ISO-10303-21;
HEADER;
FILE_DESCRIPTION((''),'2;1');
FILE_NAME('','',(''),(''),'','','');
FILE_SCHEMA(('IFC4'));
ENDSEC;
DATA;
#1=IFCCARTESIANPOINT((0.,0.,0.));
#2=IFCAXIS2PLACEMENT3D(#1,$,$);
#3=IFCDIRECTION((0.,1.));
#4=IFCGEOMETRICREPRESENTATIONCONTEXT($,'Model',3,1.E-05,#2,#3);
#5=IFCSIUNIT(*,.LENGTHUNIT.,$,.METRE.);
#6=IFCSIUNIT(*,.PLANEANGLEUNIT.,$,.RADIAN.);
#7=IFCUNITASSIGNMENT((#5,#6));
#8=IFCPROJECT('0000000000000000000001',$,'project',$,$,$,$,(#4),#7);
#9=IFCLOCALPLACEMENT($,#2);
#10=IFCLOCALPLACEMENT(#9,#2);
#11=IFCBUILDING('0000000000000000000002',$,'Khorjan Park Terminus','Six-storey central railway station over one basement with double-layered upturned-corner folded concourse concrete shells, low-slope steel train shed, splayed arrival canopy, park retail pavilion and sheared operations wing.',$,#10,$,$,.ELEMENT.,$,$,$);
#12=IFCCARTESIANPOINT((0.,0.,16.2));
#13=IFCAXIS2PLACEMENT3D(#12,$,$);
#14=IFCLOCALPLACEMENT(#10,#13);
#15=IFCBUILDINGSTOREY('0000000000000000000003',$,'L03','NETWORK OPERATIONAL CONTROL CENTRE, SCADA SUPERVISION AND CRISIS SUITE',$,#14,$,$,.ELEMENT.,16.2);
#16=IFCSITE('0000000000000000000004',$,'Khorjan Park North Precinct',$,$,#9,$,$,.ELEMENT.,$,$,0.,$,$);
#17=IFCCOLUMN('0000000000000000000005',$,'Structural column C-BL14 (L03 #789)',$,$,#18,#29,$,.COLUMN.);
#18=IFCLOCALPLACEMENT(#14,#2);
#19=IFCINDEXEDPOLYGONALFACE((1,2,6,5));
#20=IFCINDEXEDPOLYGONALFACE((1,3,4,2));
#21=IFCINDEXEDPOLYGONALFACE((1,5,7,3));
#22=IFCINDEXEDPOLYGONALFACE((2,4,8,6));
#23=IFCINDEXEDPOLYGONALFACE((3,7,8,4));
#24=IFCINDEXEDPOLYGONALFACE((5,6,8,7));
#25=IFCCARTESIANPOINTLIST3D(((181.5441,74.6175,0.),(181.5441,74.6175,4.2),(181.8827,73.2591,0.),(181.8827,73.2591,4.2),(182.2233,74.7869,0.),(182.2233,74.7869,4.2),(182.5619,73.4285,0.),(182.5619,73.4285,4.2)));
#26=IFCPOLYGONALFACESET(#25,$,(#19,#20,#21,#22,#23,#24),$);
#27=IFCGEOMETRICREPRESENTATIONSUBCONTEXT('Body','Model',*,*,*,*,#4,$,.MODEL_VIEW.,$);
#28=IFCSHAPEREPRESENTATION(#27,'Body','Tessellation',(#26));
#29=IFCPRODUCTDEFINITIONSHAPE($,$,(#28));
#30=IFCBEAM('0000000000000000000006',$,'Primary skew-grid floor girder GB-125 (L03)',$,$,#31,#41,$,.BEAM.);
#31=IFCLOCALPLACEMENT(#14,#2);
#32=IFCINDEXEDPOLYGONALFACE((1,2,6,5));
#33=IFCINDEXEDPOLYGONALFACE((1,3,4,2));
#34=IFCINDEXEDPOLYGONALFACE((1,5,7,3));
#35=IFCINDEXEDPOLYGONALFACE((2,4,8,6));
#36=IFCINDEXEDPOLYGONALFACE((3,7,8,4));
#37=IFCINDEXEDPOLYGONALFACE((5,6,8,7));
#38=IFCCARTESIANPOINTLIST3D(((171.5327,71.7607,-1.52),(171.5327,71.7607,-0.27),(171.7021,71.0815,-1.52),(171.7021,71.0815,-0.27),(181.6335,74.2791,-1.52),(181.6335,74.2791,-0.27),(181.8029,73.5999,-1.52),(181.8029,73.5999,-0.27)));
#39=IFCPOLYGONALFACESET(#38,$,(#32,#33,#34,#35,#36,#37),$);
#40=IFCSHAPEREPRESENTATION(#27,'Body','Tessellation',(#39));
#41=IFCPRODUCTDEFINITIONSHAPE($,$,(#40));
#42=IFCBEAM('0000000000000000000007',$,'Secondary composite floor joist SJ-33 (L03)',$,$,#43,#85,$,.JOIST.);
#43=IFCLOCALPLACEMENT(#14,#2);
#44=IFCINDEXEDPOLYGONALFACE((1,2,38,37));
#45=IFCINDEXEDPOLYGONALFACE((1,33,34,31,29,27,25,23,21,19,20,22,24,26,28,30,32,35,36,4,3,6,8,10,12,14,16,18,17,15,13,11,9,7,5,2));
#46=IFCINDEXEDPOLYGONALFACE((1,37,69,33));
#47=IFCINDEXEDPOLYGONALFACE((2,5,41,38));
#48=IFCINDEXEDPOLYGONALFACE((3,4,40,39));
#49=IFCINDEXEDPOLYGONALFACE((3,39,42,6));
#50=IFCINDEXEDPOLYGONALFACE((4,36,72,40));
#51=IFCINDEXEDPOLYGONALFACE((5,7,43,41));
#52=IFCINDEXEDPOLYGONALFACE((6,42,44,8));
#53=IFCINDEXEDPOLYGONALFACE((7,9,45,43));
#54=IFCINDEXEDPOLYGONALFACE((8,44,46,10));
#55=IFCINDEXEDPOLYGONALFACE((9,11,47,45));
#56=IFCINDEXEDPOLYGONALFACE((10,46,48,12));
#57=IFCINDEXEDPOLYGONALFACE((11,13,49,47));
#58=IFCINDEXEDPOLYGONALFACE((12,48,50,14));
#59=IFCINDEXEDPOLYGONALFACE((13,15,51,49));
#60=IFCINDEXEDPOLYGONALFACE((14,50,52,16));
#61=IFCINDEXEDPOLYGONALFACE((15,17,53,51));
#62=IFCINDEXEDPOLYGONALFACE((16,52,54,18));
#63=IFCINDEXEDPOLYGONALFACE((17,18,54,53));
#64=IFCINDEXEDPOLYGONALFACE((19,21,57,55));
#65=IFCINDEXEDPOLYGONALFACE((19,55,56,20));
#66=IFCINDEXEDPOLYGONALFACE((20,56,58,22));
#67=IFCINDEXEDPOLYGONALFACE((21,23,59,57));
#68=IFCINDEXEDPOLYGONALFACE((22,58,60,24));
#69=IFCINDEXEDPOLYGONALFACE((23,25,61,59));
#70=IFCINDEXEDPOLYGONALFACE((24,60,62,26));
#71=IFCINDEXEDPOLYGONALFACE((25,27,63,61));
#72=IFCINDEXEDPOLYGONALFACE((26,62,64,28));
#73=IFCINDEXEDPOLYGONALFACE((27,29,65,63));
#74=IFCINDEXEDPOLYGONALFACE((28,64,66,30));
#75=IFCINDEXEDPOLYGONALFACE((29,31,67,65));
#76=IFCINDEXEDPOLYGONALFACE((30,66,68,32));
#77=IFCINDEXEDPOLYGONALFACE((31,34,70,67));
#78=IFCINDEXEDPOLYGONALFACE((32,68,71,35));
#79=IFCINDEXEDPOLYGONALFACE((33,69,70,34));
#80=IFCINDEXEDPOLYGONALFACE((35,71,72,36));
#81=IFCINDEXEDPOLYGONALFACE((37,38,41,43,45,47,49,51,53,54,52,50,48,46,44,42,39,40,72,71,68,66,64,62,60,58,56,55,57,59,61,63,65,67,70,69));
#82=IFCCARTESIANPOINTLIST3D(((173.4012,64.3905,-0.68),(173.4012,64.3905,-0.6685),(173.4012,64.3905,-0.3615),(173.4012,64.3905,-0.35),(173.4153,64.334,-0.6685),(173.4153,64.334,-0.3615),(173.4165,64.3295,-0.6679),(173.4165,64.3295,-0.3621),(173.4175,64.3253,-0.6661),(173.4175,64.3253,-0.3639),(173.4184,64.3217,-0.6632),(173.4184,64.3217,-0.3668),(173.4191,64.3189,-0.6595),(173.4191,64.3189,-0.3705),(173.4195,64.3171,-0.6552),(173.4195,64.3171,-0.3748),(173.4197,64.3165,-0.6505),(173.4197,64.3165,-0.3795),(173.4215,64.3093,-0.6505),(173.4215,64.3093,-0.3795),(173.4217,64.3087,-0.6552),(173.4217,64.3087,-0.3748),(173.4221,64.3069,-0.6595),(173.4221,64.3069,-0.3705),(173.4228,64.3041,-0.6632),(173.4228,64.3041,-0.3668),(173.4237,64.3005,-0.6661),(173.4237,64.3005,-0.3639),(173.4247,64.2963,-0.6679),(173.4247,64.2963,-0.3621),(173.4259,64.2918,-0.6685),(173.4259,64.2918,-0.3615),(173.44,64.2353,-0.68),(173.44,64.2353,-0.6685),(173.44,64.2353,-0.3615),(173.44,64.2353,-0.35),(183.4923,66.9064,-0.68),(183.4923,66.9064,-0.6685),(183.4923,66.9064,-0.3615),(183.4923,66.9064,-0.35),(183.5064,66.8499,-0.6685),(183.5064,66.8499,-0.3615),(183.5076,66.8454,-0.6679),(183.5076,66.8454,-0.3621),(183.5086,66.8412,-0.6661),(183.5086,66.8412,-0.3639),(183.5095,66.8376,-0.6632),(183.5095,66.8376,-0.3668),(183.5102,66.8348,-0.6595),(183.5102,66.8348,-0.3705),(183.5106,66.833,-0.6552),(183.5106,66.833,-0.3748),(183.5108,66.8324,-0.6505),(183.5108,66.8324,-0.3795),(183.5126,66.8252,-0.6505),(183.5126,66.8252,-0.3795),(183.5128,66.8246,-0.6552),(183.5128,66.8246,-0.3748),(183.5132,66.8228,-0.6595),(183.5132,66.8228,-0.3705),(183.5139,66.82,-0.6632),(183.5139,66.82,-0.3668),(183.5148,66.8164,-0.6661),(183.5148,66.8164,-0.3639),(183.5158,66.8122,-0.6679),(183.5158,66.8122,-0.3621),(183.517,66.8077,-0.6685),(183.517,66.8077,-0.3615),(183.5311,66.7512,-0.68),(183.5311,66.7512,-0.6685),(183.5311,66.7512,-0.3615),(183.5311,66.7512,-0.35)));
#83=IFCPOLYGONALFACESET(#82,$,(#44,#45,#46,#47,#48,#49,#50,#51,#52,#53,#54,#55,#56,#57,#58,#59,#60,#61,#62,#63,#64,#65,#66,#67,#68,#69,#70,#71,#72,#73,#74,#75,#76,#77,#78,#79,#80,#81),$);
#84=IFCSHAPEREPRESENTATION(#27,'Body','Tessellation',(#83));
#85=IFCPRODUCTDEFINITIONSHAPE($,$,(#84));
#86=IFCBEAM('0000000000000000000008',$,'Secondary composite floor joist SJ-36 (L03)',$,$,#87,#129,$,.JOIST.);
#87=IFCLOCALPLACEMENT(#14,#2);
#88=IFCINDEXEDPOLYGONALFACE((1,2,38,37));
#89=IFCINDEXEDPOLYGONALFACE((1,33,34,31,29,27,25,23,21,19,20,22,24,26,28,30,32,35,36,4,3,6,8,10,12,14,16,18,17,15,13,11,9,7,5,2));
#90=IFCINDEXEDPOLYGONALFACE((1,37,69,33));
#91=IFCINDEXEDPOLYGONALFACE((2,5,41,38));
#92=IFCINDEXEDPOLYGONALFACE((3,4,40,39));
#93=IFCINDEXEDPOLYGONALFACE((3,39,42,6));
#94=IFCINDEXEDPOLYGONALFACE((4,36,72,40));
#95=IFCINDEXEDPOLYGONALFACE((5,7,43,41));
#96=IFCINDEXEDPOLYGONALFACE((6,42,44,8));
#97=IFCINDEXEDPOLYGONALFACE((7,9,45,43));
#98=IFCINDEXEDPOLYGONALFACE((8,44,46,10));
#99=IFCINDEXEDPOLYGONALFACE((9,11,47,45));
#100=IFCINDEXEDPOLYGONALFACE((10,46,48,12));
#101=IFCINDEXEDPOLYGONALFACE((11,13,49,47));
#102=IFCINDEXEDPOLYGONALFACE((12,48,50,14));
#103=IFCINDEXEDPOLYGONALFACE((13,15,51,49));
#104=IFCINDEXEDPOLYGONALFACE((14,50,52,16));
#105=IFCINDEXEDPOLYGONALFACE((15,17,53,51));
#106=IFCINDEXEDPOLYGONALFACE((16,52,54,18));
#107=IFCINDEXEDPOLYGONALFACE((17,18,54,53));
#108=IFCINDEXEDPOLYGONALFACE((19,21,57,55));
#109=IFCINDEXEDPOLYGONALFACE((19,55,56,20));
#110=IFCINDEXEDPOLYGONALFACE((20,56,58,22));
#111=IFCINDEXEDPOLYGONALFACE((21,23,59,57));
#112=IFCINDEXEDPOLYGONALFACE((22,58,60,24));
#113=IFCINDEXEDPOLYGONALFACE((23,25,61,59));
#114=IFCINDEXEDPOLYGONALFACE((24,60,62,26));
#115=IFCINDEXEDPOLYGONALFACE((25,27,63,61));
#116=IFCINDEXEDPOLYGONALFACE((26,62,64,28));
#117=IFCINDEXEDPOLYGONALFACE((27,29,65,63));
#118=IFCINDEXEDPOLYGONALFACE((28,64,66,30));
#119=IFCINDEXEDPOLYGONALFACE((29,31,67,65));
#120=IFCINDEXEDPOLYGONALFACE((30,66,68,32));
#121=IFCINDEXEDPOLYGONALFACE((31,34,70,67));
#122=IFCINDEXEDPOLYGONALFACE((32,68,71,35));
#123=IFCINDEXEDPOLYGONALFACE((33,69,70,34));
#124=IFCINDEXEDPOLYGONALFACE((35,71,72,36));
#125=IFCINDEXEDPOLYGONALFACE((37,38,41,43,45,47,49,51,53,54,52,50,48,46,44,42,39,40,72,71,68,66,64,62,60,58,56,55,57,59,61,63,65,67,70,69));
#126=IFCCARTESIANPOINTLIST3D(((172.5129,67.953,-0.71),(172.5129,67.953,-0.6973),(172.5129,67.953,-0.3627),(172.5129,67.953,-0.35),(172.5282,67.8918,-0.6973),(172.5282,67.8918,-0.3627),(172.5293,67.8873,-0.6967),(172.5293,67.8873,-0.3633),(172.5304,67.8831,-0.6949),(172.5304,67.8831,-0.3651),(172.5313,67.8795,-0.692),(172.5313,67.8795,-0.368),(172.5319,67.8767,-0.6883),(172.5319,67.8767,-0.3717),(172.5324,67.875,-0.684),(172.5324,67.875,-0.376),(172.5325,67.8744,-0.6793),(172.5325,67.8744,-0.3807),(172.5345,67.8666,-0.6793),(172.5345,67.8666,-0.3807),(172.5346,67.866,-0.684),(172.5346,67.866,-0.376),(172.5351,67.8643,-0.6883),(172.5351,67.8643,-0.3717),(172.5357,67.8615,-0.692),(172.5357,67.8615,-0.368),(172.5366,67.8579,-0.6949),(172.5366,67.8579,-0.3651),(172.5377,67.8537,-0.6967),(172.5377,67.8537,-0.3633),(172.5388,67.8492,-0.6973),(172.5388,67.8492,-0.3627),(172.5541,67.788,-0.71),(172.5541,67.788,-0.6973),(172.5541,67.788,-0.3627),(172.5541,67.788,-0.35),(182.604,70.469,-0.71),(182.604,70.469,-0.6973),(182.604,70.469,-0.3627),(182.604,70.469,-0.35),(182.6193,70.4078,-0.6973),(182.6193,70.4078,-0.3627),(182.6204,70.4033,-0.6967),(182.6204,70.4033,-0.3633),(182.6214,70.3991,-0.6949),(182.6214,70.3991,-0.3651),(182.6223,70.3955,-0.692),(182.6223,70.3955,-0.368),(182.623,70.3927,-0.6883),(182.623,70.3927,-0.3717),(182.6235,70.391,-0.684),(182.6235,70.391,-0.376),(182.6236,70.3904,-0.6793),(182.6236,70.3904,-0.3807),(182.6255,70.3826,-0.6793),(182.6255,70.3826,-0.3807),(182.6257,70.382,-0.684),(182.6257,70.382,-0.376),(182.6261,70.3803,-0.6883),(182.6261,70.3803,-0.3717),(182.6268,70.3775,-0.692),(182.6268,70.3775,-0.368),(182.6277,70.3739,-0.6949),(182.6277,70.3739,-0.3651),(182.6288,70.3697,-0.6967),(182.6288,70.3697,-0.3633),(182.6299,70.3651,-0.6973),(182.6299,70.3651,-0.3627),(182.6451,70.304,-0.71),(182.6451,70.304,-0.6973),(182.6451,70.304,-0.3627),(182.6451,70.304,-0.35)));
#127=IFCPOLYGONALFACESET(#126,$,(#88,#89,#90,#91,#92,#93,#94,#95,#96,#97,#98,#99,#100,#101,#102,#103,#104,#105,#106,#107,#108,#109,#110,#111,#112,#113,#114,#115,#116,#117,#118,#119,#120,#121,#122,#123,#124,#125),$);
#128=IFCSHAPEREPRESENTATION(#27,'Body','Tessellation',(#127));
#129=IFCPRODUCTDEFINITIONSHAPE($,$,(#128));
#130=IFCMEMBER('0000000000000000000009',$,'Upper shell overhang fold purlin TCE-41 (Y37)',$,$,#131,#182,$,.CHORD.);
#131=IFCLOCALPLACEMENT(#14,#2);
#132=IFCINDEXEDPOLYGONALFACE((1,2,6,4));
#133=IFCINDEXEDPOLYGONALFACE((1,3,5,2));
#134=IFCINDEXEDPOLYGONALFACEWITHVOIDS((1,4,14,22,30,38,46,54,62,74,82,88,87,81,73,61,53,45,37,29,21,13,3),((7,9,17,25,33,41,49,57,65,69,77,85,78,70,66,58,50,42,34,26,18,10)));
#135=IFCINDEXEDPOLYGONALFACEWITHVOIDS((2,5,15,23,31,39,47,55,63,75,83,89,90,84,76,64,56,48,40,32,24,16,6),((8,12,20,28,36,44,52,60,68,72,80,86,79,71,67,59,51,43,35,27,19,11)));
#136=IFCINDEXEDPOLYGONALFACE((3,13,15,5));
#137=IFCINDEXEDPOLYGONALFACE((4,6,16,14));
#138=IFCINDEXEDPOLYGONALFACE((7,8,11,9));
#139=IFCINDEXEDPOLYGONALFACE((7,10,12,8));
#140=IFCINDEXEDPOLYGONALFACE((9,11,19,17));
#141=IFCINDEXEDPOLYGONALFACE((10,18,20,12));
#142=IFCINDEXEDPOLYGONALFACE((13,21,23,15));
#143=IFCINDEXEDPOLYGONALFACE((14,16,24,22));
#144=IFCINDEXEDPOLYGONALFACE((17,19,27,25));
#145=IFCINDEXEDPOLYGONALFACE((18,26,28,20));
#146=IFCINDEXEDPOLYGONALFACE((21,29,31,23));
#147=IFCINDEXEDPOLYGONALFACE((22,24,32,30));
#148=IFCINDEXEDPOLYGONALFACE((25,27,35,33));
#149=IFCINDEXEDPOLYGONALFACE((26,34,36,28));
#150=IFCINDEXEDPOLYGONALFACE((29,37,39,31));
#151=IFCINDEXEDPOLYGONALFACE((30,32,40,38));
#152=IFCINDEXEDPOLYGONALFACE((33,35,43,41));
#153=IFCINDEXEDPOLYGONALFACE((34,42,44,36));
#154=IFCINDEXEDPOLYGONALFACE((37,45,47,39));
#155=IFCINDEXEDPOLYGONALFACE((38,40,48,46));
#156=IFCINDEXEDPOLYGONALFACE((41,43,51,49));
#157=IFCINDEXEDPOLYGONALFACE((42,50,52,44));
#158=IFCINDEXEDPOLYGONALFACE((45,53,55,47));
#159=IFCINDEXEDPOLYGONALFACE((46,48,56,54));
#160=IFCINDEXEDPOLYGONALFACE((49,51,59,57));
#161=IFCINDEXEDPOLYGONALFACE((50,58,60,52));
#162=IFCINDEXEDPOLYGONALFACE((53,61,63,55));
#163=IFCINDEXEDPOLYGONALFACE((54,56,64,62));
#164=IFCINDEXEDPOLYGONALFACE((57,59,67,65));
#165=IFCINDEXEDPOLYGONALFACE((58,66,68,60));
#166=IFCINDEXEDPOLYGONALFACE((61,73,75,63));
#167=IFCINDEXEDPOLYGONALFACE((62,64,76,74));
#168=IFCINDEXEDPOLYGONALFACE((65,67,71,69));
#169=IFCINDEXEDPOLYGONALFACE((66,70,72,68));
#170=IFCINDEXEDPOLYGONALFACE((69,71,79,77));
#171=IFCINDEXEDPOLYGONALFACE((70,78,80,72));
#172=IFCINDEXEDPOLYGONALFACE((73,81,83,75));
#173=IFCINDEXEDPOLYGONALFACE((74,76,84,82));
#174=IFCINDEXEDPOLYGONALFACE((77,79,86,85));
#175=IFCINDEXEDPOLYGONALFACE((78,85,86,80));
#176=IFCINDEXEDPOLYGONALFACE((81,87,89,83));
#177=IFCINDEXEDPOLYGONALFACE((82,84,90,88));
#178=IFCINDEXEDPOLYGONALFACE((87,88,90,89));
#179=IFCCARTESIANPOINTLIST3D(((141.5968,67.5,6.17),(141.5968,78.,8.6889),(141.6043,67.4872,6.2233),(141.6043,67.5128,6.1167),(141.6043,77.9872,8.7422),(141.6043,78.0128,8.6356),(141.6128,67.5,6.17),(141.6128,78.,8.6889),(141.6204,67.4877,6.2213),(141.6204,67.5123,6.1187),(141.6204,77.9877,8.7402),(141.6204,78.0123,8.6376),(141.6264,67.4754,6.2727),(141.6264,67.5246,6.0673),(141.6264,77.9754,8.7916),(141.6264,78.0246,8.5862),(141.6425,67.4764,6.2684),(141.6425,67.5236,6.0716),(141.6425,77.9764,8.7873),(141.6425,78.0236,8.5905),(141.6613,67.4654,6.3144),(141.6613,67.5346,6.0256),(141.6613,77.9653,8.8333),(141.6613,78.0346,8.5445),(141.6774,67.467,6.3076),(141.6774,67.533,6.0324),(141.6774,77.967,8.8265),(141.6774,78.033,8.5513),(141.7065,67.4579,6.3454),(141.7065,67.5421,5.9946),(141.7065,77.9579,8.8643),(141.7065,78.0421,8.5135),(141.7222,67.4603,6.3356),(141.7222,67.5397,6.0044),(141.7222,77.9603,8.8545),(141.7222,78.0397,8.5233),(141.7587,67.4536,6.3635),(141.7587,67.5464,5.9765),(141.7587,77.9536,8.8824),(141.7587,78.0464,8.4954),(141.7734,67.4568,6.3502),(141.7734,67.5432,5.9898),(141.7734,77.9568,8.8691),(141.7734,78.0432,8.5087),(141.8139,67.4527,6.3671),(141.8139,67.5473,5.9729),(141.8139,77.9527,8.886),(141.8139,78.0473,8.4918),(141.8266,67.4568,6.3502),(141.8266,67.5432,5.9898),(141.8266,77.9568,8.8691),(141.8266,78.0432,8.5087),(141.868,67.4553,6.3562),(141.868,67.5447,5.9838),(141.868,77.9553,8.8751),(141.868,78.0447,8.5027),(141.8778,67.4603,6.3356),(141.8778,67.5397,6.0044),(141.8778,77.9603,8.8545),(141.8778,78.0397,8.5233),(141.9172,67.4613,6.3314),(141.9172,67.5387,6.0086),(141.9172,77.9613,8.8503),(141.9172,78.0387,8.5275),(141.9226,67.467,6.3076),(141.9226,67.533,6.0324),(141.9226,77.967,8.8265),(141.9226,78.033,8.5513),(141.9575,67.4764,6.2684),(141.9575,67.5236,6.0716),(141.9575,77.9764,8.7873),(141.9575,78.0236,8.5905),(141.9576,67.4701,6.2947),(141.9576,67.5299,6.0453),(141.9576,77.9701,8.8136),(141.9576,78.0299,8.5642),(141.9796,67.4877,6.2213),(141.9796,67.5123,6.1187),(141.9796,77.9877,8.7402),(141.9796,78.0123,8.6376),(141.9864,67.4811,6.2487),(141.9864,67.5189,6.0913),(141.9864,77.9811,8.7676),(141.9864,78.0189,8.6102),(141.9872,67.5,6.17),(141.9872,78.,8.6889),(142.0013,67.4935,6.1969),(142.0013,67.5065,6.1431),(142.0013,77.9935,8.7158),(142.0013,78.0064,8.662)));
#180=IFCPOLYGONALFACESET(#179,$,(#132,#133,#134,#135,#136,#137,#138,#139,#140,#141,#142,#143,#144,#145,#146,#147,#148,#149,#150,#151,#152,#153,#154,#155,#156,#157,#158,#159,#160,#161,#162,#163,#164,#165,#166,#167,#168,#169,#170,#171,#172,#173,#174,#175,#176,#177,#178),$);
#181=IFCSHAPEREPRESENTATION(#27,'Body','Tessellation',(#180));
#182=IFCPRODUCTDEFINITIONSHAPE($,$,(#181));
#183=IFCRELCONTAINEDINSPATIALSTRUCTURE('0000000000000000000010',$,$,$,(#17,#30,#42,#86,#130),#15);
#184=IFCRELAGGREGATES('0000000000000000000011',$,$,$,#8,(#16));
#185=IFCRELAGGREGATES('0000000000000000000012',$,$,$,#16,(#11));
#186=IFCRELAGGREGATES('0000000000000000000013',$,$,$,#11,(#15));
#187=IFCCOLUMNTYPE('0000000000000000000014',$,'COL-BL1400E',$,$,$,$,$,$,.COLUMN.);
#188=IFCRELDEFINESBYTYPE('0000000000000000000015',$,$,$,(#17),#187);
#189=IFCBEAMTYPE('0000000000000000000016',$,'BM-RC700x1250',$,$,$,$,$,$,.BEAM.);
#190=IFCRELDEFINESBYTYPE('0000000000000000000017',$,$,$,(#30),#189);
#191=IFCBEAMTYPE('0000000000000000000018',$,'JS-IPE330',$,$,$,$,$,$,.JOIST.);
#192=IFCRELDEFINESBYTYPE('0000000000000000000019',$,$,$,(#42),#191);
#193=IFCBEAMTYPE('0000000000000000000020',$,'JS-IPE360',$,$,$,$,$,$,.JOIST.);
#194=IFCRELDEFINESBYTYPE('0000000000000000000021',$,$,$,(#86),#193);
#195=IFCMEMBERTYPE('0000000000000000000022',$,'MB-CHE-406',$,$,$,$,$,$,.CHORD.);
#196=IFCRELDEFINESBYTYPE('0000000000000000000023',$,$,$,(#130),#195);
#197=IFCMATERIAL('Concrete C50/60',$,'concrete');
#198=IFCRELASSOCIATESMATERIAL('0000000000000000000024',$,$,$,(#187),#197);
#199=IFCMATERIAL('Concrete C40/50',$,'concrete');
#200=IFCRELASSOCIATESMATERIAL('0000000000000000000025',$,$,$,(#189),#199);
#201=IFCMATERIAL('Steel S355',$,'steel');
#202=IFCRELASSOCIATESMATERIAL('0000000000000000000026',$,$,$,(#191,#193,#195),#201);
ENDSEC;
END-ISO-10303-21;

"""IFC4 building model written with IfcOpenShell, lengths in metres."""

from ifc_helpers import new_model, si_unit, direction, frame, origin, origin_2d, place, context, subcontext, project, spatial, rectangle, hollow_circle, i_section, extrude, material, material_profile, profile_set, type_object, element, save


model = new_model("IFC4")

# Units and contexts
model_context = context("Model", 3, precision=1e-05, world=origin(), true_north=direction((0.0, 1.0)))
body_context = subcontext(model_context, "Body", "Model", "MODEL_VIEW")
ifc_project = project(units=[si_unit("LENGTHUNIT", "METRE"), si_unit("PLANEANGLEUNIT", "RADIAN")], contexts=[model_context])

# Site, building, storey
site_placement = place(None, origin())
site = spatial("IfcSite", under=ifc_project, at=site_placement, Name="Khorjan Park North Precinct", CompositionType="ELEMENT", RefElevation=0.0)
building_placement = place(site_placement, origin())
building = spatial("IfcBuilding", under=site, at=building_placement, Name="Khorjan Park Terminus", Description="Six-storey central railway station over one basement with double-layered upturned-corner folded concourse concrete shells, low-slope steel train shed, splayed arrival canopy, park retail pavilion and sheared operations wing.", CompositionType="ELEMENT")
storey_placement = place(building_placement, frame((0.0, 0.0, 16.2)))
storey = spatial("IfcBuildingStorey", under=building, at=storey_placement, Name="L03", Description="NETWORK OPERATIONAL CONTROL CENTRE, SCADA SUPERVISION AND CRISIS SUITE", CompositionType="ELEMENT", Elevation=16.2)

# Column
ifc_material_1 = material(Name="Concrete C50/60", Category="concrete")
ifc_material_profile_1 = material_profile(ifc_material_1, rectangle(XDim=0.7, YDim=1.4, at=origin_2d()), Name="RC 700x1400")
ifc_profile_set_1 = profile_set([ifc_material_profile_1], Name="Concrete C50/60")
column_type = type_object("IfcColumnType", Name="COL-BL1400E", PredefinedType="COLUMN", material=ifc_profile_set_1)
column_placement = place(storey_placement, frame((182.053, 74.023, 0.0), z_axis=(0.0, 0.0, 1.0), x_axis=(0.970296, 0.241922, 0.0)))
element("IfcColumn", 1, at=column_placement, inside=storey, type_object=column_type, Name="Structural column C-BL14 (L03 #789)", PredefinedType="COLUMN", context=body_context, shape_type="SweptSolid", body=[
    extrude(rectangle(XDim=0.7, YDim=1.4, at=origin_2d()), origin(), (0.0, 0.0, 1.0), 4.2),
])

# Beams
ifc_material_2 = material(Name="Concrete C40/50", Category="concrete")
ifc_material_profile_2 = material_profile(ifc_material_2, rectangle(XDim=0.7, YDim=1.25, at=origin_2d()), Name="RC 700x1250")
ifc_profile_set_2 = profile_set([ifc_material_profile_2], Name="Concrete C40/50")
beam_type_1 = type_object("IfcBeamType", Name="BM-RC700x1250", PredefinedType="BEAM", material=ifc_profile_set_2)
beam_1_placement = place(storey_placement, frame((171.6174, 71.4211, -0.895), z_axis=(0.970296, 0.241921, 0.0), x_axis=(-0.241921, 0.970296, 0.0)))
element("IfcBeam", 2, at=beam_1_placement, inside=storey, type_object=beam_type_1, Name="Primary skew-grid floor girder GB-125 (L03)", PredefinedType="BEAM", context=body_context, shape_type="SweptSolid", body=[
    extrude(rectangle(XDim=0.7, YDim=1.25, at=origin_2d()), origin(), (0.0, 0.0, 1.0), 10.41),
])
ifc_material_3 = material(Name="Steel S355", Category="steel")
ifc_material_profile_3 = material_profile(ifc_material_3, i_section(OverallWidth=0.16, OverallDepth=0.33, WebThickness=0.0075, FlangeThickness=0.0115, FilletRadius=0.018, at=origin_2d()), Name="IPE 330")
ifc_profile_set_3 = profile_set([ifc_material_profile_3], Name="Steel S355")
beam_type_2 = type_object("IfcBeamType", Name="JS-IPE330", PredefinedType="JOIST", material=ifc_profile_set_3)
beam_2_placement = place(storey_placement, frame((173.4206, 64.3129, -0.515), z_axis=(0.970298, 0.241913, 0.0), x_axis=(-0.241913, 0.970298, 0.0)))
element("IfcBeam", 3, at=beam_2_placement, inside=storey, type_object=beam_type_2, Name="Secondary composite floor joist SJ-33 (L03)", PredefinedType="JOIST", context=body_context, shape_type="SweptSolid", body=[
    extrude(i_section(OverallWidth=0.16, OverallDepth=0.33, WebThickness=0.0075, FlangeThickness=0.0115, FilletRadius=0.018, at=origin_2d()), origin(), (0.0, 0.0, 1.0), 10.4),
])
ifc_material_profile_4 = material_profile(ifc_material_3, i_section(OverallWidth=0.17, OverallDepth=0.36, WebThickness=0.008, FlangeThickness=0.0127, FilletRadius=0.018, at=origin_2d()), Name="IPE 360")
ifc_profile_set_4 = profile_set([ifc_material_profile_4], Name="Steel S355")
beam_type_3 = type_object("IfcBeamType", Name="JS-IPE360", PredefinedType="JOIST", material=ifc_profile_set_4)
beam_3_placement = place(storey_placement, frame((172.5335, 67.8705, -0.53), z_axis=(0.970296, 0.241922, 0.0), x_axis=(-0.241922, 0.970296, 0.0)))
element("IfcBeam", 4, at=beam_3_placement, inside=storey, type_object=beam_type_3, Name="Secondary composite floor joist SJ-36 (L03)", PredefinedType="JOIST", context=body_context, shape_type="SweptSolid", body=[
    extrude(i_section(OverallWidth=0.17, OverallDepth=0.36, WebThickness=0.008, FlangeThickness=0.0127, FilletRadius=0.018, at=origin_2d()), origin(), (0.0, 0.0, 1.0), 10.4),
])

# Member
ifc_material_profile_5 = material_profile(ifc_material_3, hollow_circle(Radius=0.2032, WallThickness=0.016, at=origin_2d()), Name="CHS 406.4x16")
ifc_profile_set_5 = profile_set([ifc_material_profile_5], Name="Steel S355")
member_type_1 = type_object("IfcMemberType", Name="MB-CHE-406", PredefinedType="CHORD", material=ifc_profile_set_5)
member_1_placement = place(storey_placement, frame((141.8, 67.5, 6.17), z_axis=(0.0, 0.97241, 0.233277), x_axis=(-1.0, 0.0, 0.0)))
element("IfcMember", 5, at=member_1_placement, inside=storey, type_object=member_type_1, Name="Upper shell overhang fold purlin TCE-41 (Y37)", PredefinedType="CHORD", context=body_context, shape_type="SweptSolid", body=[
    extrude(hollow_circle(Radius=0.2032, WallThickness=0.016, at=origin_2d()), origin(), (0.0, 0.0, 1.0), 10.7979),
])

save(model, "model.ifc")
